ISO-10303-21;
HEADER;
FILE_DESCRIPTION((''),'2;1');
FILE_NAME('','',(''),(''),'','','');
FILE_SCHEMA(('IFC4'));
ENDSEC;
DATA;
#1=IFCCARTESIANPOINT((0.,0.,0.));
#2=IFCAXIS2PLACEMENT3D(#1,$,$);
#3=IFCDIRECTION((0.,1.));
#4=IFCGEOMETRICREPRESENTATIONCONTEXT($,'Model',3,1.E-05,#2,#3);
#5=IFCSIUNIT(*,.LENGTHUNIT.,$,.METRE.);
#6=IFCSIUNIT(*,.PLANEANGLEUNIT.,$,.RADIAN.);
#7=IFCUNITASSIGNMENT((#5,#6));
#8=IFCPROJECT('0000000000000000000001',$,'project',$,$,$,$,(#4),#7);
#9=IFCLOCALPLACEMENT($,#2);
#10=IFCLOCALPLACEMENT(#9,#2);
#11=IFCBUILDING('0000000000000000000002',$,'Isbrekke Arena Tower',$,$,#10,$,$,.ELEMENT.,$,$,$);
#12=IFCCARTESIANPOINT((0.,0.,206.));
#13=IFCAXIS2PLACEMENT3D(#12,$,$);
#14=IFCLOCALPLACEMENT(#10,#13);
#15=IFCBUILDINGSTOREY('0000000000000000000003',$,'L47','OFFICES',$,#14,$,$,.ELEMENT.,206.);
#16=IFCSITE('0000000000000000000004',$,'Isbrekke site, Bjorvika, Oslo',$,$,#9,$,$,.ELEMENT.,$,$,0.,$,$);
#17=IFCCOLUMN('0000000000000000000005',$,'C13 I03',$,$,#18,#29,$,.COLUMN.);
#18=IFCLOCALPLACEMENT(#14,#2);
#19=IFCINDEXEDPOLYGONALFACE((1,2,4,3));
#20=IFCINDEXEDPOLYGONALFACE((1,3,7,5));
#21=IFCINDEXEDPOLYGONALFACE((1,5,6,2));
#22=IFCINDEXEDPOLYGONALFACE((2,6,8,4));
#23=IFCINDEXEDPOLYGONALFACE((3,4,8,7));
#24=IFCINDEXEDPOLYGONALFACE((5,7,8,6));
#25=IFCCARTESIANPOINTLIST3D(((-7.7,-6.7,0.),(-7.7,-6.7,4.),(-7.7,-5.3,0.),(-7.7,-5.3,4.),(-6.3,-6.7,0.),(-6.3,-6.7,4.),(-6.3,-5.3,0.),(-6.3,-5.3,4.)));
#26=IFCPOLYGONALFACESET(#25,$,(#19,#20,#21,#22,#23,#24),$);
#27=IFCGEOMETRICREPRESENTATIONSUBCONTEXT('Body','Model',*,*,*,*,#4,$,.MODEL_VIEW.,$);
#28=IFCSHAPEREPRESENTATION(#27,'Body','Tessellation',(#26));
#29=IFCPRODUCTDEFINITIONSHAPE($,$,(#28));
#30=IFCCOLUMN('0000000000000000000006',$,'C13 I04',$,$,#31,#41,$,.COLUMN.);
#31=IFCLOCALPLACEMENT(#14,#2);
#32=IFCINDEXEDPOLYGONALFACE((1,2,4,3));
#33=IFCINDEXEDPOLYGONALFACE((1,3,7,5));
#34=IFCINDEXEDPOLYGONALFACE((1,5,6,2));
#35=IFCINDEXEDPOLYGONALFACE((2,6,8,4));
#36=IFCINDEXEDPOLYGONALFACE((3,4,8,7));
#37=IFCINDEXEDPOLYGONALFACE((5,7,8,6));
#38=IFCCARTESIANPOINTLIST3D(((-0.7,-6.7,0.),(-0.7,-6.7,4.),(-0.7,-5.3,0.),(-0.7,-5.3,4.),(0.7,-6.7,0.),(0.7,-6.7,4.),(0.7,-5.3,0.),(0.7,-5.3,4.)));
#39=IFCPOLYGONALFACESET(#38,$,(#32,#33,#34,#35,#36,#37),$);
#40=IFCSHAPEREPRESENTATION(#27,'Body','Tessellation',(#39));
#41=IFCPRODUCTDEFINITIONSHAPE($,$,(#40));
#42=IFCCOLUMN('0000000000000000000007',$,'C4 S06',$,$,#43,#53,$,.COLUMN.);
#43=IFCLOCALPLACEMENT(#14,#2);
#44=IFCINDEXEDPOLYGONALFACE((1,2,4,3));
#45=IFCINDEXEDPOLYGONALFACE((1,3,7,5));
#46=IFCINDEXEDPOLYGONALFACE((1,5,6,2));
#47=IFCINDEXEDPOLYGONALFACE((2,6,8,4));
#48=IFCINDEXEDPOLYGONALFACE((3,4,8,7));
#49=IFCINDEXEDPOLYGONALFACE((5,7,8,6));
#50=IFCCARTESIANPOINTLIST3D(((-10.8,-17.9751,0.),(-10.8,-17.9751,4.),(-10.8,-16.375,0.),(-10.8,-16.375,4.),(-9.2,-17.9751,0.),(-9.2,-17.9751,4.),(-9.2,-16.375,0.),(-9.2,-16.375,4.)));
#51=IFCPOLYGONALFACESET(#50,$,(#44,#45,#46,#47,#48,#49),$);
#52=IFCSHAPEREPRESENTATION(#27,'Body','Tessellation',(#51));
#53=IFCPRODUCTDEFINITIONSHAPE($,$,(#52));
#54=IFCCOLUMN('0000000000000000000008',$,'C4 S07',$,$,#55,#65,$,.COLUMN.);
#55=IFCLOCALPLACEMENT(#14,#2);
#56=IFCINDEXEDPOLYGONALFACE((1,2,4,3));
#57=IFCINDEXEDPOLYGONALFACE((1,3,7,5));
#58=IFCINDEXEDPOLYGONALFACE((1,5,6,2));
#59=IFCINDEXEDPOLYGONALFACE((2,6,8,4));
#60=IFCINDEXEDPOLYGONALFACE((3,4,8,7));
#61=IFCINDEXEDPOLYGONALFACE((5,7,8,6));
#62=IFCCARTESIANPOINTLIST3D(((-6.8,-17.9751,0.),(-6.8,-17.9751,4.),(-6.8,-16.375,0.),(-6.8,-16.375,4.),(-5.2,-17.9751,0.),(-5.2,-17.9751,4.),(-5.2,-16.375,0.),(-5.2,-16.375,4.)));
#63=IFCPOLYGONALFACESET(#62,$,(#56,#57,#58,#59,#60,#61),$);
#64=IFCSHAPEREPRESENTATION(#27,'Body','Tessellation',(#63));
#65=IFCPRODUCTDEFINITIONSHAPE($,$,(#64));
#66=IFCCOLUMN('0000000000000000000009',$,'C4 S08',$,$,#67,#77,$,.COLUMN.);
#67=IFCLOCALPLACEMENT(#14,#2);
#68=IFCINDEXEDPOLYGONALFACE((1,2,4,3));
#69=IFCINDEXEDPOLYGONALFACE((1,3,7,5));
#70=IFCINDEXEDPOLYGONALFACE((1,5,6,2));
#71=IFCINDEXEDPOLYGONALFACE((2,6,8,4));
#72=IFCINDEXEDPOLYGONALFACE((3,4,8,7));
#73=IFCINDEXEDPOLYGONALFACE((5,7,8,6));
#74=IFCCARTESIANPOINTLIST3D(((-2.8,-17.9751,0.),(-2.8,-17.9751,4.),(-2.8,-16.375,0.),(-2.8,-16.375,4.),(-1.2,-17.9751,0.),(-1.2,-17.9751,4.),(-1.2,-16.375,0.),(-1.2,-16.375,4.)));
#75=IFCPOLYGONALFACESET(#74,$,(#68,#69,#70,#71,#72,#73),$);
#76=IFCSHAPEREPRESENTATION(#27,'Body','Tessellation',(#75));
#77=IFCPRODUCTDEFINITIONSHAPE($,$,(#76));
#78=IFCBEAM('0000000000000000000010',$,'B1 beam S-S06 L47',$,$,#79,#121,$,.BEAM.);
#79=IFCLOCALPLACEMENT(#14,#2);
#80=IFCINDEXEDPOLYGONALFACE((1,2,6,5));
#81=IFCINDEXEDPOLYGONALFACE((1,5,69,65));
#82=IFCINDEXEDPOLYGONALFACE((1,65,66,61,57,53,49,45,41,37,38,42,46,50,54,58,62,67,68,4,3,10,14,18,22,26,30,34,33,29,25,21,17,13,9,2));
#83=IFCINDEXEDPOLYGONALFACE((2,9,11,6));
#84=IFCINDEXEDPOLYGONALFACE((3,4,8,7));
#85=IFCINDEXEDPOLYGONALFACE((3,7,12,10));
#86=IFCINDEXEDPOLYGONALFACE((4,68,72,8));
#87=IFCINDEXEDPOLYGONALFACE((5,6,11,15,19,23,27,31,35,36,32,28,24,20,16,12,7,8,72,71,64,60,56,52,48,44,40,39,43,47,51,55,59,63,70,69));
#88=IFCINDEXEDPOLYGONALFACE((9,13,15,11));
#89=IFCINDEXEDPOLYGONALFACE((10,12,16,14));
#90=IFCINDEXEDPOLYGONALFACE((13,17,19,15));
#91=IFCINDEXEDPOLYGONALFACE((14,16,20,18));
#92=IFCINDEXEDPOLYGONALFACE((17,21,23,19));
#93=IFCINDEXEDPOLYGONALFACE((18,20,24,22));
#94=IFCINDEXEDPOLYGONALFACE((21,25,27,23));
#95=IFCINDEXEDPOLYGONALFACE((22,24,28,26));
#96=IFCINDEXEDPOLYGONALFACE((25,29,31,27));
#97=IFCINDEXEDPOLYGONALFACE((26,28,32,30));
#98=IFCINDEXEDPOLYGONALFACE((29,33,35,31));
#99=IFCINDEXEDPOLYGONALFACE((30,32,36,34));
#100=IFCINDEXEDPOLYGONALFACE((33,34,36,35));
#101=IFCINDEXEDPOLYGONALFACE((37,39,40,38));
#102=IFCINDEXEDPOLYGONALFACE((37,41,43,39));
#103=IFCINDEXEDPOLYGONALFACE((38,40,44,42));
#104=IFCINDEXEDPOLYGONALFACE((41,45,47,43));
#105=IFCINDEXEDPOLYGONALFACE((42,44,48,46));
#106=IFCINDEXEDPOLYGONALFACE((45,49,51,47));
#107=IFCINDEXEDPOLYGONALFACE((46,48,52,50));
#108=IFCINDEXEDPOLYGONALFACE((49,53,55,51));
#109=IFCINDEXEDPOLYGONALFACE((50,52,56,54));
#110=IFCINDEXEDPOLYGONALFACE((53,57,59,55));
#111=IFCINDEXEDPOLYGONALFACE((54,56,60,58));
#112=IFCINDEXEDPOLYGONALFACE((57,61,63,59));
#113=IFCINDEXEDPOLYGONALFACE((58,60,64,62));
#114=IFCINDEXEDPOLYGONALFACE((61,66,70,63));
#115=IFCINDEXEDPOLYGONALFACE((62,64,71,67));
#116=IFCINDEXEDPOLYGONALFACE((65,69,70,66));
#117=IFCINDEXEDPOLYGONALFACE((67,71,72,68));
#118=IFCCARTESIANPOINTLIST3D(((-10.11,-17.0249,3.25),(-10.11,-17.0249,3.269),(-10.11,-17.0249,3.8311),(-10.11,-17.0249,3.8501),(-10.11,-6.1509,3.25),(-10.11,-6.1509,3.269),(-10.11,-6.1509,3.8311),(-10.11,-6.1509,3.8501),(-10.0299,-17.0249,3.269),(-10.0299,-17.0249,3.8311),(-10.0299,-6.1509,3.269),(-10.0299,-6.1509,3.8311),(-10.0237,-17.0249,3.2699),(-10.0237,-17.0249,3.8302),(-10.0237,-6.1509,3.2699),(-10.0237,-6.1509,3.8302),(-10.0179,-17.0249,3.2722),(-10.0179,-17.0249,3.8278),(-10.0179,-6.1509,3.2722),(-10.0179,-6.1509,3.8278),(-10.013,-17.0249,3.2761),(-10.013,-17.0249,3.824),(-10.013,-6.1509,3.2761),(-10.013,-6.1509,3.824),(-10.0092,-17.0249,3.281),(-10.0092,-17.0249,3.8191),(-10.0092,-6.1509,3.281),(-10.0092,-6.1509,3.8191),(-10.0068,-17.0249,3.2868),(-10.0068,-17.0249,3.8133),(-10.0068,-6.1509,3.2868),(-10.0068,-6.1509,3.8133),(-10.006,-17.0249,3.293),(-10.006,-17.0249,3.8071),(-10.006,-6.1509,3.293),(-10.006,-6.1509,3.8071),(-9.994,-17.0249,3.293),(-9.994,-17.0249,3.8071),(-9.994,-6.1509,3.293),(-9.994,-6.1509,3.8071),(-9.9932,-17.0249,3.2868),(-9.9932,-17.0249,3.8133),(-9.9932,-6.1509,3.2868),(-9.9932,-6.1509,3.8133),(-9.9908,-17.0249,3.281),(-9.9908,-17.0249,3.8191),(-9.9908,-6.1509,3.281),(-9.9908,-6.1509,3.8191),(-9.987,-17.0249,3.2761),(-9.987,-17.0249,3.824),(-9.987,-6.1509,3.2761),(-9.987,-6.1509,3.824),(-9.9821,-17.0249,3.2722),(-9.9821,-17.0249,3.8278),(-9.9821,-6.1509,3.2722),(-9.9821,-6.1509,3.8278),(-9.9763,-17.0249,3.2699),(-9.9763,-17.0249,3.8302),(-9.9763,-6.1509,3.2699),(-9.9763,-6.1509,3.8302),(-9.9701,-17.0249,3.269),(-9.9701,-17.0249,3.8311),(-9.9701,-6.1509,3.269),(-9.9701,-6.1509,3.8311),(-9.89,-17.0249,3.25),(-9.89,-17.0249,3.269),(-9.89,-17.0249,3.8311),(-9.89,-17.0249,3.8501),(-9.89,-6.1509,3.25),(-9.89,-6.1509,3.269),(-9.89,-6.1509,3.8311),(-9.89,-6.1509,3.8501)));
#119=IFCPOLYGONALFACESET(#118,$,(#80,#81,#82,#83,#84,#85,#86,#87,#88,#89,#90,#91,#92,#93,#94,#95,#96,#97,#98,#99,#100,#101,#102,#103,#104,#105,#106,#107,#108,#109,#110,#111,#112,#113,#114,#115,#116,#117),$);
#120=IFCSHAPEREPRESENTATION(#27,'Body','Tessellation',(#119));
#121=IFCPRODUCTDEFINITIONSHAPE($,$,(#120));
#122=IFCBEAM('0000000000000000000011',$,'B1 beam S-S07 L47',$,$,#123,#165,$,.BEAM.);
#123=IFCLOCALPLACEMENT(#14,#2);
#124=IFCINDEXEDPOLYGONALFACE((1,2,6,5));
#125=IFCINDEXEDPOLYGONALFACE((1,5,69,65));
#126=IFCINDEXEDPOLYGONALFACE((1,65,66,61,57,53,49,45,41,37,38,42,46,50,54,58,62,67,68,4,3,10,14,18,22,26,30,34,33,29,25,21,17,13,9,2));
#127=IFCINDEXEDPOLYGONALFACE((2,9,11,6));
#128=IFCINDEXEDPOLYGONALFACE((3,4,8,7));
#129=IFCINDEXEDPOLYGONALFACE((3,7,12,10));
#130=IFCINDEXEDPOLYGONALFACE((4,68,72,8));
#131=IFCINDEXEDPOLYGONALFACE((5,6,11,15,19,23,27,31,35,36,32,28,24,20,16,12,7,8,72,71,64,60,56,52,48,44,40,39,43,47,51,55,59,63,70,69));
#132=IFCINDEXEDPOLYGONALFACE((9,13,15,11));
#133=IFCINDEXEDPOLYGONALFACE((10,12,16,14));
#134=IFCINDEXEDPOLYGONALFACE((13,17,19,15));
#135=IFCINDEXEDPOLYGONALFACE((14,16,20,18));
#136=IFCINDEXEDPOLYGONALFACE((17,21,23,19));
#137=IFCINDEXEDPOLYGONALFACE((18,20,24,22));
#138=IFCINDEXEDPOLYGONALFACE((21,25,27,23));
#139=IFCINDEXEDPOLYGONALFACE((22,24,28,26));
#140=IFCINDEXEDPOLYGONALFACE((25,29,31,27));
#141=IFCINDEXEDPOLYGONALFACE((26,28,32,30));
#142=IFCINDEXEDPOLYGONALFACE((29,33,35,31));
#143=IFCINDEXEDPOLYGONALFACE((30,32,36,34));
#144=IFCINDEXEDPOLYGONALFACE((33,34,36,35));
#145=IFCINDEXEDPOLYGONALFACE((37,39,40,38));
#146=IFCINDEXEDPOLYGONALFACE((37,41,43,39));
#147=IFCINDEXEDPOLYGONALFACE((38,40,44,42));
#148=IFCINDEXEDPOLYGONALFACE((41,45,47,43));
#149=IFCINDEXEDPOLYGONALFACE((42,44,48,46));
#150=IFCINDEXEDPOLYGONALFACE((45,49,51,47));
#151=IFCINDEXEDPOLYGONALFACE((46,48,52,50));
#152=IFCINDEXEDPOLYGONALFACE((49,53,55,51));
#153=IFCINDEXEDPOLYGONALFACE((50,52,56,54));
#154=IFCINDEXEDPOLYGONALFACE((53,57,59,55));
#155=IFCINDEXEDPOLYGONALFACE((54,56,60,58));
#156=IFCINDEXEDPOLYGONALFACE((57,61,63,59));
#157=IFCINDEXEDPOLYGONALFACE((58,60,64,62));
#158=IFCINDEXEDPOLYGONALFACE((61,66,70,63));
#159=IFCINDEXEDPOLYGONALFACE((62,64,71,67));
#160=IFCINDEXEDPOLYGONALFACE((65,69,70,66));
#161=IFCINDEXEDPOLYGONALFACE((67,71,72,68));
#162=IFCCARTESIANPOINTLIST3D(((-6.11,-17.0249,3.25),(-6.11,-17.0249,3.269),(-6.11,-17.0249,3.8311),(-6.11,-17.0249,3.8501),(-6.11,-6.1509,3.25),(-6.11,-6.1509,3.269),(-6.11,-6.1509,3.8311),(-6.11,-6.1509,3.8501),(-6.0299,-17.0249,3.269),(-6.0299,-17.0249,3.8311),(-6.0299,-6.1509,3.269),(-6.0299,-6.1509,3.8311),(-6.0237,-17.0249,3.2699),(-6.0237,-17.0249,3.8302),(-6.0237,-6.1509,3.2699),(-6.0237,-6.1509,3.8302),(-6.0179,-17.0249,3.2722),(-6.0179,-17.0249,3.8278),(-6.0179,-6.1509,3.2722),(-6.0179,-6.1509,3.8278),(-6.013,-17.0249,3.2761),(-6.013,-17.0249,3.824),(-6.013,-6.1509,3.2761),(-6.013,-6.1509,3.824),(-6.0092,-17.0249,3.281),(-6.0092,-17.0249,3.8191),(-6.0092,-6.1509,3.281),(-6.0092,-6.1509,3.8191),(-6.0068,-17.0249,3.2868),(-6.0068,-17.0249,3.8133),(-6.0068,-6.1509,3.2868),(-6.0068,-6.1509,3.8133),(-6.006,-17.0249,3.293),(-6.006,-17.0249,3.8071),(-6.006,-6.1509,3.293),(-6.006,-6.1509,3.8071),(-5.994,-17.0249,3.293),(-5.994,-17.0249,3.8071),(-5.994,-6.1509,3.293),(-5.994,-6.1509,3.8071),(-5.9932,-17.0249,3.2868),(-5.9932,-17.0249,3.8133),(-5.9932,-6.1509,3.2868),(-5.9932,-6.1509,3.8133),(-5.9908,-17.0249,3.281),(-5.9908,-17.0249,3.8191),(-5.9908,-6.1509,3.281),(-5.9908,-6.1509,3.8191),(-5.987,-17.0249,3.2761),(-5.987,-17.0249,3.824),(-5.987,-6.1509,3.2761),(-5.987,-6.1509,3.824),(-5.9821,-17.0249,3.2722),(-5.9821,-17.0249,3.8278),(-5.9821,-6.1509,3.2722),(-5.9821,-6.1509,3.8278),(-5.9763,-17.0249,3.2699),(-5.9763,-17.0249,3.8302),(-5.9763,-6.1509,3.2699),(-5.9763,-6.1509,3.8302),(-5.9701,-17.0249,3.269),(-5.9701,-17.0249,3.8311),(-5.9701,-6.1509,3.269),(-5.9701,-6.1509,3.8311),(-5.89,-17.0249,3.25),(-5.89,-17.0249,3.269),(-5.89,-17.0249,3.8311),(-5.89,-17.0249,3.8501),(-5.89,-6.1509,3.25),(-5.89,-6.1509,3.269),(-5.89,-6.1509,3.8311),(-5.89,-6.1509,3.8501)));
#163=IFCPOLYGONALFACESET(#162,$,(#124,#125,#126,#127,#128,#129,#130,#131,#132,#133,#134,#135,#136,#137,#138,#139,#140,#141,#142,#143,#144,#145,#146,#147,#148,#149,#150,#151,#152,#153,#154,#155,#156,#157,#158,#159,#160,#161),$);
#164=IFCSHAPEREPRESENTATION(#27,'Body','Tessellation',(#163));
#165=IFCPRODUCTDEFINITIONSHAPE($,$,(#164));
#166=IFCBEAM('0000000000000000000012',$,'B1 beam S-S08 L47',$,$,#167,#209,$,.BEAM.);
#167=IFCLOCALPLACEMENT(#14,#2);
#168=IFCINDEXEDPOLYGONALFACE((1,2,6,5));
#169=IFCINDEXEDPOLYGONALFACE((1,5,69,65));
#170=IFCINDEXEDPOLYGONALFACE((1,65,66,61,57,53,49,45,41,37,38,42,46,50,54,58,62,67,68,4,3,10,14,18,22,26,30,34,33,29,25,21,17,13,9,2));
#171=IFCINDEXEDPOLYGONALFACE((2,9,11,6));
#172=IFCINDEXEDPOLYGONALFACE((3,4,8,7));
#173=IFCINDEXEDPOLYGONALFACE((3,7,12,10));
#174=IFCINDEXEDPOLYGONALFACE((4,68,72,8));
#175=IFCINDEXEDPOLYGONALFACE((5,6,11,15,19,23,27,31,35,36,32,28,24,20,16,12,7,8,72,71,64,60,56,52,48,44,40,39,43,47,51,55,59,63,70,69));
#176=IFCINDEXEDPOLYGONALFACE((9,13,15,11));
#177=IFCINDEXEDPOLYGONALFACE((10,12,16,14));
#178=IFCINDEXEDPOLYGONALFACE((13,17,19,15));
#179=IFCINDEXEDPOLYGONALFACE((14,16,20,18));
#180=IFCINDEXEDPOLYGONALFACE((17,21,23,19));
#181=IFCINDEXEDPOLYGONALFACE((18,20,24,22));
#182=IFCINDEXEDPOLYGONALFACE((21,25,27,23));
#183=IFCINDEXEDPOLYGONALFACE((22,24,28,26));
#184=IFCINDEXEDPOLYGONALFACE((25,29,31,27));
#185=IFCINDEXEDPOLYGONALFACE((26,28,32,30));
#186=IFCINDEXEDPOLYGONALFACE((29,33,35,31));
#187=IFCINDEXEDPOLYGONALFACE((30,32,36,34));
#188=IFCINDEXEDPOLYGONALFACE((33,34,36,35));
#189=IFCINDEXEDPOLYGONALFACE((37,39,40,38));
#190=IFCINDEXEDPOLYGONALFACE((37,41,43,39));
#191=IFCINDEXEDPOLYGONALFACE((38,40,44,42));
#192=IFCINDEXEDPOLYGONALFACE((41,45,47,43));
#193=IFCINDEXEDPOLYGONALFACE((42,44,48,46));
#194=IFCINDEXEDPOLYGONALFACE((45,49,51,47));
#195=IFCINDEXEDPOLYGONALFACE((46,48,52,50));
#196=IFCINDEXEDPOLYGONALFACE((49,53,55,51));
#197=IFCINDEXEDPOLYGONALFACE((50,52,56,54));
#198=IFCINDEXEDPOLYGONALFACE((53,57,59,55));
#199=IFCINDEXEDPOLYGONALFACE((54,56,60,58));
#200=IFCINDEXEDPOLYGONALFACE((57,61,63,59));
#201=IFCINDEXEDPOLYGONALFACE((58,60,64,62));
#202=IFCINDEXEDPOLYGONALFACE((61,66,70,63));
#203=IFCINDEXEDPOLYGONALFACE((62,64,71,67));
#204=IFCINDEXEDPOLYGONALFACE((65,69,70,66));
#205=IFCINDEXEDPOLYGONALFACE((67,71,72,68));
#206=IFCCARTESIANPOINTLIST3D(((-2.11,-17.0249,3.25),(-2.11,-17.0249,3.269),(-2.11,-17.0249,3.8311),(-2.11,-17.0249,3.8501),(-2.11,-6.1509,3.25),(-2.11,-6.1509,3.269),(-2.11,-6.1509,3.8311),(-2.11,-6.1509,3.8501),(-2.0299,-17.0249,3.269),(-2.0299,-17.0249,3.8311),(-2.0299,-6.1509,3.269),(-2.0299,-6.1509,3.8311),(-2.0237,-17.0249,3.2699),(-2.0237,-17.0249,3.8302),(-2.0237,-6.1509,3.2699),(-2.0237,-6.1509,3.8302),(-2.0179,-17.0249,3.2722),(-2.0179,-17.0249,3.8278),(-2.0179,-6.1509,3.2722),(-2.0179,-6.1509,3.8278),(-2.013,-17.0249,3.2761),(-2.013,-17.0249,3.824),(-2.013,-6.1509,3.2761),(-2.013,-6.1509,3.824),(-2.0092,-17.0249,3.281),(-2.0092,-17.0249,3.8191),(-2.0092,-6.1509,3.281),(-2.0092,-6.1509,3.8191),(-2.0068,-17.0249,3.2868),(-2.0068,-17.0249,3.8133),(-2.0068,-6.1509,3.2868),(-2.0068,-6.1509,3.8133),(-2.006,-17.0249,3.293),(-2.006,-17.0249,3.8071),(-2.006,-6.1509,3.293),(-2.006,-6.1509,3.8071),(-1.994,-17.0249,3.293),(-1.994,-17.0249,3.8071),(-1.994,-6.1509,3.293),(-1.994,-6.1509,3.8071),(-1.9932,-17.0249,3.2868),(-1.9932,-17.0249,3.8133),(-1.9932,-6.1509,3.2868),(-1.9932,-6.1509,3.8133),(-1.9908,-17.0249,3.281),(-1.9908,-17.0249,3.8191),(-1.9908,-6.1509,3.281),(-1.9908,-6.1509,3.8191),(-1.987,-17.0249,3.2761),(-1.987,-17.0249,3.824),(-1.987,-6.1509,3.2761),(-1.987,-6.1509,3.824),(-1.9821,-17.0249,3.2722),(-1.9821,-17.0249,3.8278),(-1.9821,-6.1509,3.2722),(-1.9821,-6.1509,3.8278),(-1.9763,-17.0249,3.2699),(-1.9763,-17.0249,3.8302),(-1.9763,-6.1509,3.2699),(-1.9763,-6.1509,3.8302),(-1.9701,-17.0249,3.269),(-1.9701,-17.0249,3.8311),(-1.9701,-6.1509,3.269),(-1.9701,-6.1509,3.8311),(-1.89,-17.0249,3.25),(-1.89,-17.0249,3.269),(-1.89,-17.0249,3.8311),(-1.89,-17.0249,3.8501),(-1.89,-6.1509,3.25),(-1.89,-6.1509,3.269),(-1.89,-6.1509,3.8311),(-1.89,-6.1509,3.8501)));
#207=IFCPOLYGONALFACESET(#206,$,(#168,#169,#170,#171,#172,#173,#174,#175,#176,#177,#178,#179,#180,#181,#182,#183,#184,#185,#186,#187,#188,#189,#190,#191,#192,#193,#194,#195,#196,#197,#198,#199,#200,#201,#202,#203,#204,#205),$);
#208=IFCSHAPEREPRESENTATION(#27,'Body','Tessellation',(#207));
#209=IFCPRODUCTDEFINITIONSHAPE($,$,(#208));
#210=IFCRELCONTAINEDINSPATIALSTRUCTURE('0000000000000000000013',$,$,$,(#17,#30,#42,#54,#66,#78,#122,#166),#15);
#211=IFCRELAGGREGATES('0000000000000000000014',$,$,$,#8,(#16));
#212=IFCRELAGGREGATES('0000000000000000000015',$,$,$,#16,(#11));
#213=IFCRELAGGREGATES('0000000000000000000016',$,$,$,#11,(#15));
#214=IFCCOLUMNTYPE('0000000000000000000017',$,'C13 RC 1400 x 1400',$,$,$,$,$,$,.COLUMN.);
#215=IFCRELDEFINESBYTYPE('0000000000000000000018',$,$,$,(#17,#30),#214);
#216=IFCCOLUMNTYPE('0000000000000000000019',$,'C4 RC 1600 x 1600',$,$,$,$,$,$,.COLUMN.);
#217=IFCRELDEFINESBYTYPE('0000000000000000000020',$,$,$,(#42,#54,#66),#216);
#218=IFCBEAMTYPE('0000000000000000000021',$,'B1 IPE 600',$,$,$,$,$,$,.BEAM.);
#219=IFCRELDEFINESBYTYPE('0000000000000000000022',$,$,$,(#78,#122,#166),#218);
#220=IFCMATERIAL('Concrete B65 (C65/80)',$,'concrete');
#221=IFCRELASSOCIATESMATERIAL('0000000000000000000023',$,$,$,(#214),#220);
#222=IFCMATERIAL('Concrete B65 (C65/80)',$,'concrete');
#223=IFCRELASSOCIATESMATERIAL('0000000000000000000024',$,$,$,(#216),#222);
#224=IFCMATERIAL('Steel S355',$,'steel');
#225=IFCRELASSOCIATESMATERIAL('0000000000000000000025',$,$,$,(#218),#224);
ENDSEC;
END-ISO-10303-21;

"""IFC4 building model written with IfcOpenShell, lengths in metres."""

from ifc_helpers import new_model, si_unit, direction, frame, origin, origin_2d, place, context, subcontext, project, spatial, rectangle, i_section, extrude, material, material_profile, profile_set, type_object, element, save


model = new_model("IFC4")

# Units and contexts
model_context = context("Model", 3, precision=1e-05, world=origin(), true_north=direction((0.0, 1.0)))
body_context = subcontext(model_context, "Body", "Model", "MODEL_VIEW")
ifc_project = project(units=[si_unit("LENGTHUNIT", "METRE"), si_unit("PLANEANGLEUNIT", "RADIAN")], contexts=[model_context])

# Site, building, storey
site_placement = place(None, origin())
site = spatial("IfcSite", under=ifc_project, at=site_placement, Name="Isbrekke site, Bjorvika, Oslo", CompositionType="ELEMENT", RefElevation=0.0)
building_placement = place(site_placement, origin())
building = spatial("IfcBuilding", under=site, at=building_placement, Name="Isbrekke Arena Tower", CompositionType="ELEMENT")
storey_placement = place(building_placement, frame((0.0, 0.0, 206.0)))
storey = spatial("IfcBuildingStorey", under=building, at=storey_placement, Name="L47", Description="OFFICES", CompositionType="ELEMENT", Elevation=206.0)

# Columns
ifc_material_1 = material(Name="Concrete B65 (C65/80)", Category="concrete")
ifc_material_profile_1 = material_profile(ifc_material_1, rectangle(XDim=1.3999, YDim=1.3999, at=origin_2d()), Name="RC 1400x1400")
ifc_profile_set_1 = profile_set([ifc_material_profile_1], Name="Concrete B65 (C65/80)")
column_type_1 = type_object("IfcColumnType", Name="C13 RC 1400 x 1400", PredefinedType="COLUMN", material=ifc_profile_set_1)
for number, where, z_axis, x_axis, name in (
    (1, (-7.0, -6.0, 0.0), (0.0, 0.0, 1.0), (1.0, 0.0, 0.0), "C13 I03"),
    (2, (0.0, -6.0, 0.0), (0.0, 0.0, 1.0), (1.0, 0.0, 0.0), "C13 I04"),
):
    element("IfcColumn", number, at=place(storey_placement, frame(where, z_axis=z_axis, x_axis=x_axis)), inside=storey, type_object=column_type_1, Name=name, PredefinedType="COLUMN", context=body_context, shape_type="SweptSolid", body=[
        extrude(rectangle(XDim=1.3999, YDim=1.3999, at=origin_2d()), origin(), (0.0, 0.0, 1.0), 4.0),
    ])
ifc_material_2 = material(Name="Concrete B65 (C65/80)", Category="concrete")
ifc_material_profile_2 = material_profile(ifc_material_2, rectangle(XDim=1.6001, YDim=1.6001, at=origin_2d()), Name="RC 1600x1600")
ifc_profile_set_2 = profile_set([ifc_material_profile_2], Name="Concrete B65 (C65/80)")
column_type_2 = type_object("IfcColumnType", Name="C4 RC 1600 x 1600", PredefinedType="COLUMN", material=ifc_profile_set_2)
for number, where, z_axis, x_axis, name in (
    (3, (-10.0, -17.175, 0.0), (0.0, 0.0, 1.0), (1.0, 0.0, 0.0), "C4 S06"),
    (4, (-6.0, -17.175, 0.0), (0.0, 0.0, 1.0), (1.0, 0.0, 0.0), "C4 S07"),
    (5, (-2.0, -17.175, 0.0), (0.0, 0.0, 1.0), (1.0, 0.0, 0.0), "C4 S08"),
):
    element("IfcColumn", number, at=place(storey_placement, frame(where, z_axis=z_axis, x_axis=x_axis)), inside=storey, type_object=column_type_2, Name=name, PredefinedType="COLUMN", context=body_context, shape_type="SweptSolid", body=[
        extrude(rectangle(XDim=1.6001, YDim=1.6001, at=origin_2d()), origin(), (0.0, 0.0, 1.0), 4.0),
    ])

# Beams
ifc_material_3 = material(Name="Steel S355", Category="steel")
ifc_material_profile_3 = material_profile(ifc_material_3, i_section(OverallWidth=0.22, OverallDepth=0.6001, WebThickness=0.012, FlangeThickness=0.019, FilletRadius=0.0239, at=origin_2d()), Name="IPE 600")
ifc_profile_set_3 = profile_set([ifc_material_profile_3], Name="Steel S355")
beam_type_1 = type_object("IfcBeamType", Name="B1 IPE 600", PredefinedType="BEAM", material=ifc_profile_set_3)
for number, where, z_axis, x_axis, name in (
    (6, (-10.0, -17.0249, 3.55), (0.0, 1.0, 0.0), (-1.0, 0.0, 0.0), "B1 beam S-S06 L47"),
    (7, (-6.0, -17.0249, 3.55), (0.0, 1.0, 0.0), (-1.0, 0.0, 0.0), "B1 beam S-S07 L47"),
    (8, (-2.0, -17.0249, 3.55), (0.0, 1.0, 0.0), (-1.0, 0.0, 0.0), "B1 beam S-S08 L47"),
):
    element("IfcBeam", number, at=place(storey_placement, frame(where, z_axis=z_axis, x_axis=x_axis)), inside=storey, type_object=beam_type_1, Name=name, PredefinedType="BEAM", context=body_context, shape_type="SweptSolid", body=[
        extrude(i_section(OverallWidth=0.22, OverallDepth=0.6001, WebThickness=0.012, FlangeThickness=0.019, FilletRadius=0.0239, at=origin_2d()), origin(), (0.0, 0.0, 1.0), 10.874),
    ])

save(model, "model.ifc")
